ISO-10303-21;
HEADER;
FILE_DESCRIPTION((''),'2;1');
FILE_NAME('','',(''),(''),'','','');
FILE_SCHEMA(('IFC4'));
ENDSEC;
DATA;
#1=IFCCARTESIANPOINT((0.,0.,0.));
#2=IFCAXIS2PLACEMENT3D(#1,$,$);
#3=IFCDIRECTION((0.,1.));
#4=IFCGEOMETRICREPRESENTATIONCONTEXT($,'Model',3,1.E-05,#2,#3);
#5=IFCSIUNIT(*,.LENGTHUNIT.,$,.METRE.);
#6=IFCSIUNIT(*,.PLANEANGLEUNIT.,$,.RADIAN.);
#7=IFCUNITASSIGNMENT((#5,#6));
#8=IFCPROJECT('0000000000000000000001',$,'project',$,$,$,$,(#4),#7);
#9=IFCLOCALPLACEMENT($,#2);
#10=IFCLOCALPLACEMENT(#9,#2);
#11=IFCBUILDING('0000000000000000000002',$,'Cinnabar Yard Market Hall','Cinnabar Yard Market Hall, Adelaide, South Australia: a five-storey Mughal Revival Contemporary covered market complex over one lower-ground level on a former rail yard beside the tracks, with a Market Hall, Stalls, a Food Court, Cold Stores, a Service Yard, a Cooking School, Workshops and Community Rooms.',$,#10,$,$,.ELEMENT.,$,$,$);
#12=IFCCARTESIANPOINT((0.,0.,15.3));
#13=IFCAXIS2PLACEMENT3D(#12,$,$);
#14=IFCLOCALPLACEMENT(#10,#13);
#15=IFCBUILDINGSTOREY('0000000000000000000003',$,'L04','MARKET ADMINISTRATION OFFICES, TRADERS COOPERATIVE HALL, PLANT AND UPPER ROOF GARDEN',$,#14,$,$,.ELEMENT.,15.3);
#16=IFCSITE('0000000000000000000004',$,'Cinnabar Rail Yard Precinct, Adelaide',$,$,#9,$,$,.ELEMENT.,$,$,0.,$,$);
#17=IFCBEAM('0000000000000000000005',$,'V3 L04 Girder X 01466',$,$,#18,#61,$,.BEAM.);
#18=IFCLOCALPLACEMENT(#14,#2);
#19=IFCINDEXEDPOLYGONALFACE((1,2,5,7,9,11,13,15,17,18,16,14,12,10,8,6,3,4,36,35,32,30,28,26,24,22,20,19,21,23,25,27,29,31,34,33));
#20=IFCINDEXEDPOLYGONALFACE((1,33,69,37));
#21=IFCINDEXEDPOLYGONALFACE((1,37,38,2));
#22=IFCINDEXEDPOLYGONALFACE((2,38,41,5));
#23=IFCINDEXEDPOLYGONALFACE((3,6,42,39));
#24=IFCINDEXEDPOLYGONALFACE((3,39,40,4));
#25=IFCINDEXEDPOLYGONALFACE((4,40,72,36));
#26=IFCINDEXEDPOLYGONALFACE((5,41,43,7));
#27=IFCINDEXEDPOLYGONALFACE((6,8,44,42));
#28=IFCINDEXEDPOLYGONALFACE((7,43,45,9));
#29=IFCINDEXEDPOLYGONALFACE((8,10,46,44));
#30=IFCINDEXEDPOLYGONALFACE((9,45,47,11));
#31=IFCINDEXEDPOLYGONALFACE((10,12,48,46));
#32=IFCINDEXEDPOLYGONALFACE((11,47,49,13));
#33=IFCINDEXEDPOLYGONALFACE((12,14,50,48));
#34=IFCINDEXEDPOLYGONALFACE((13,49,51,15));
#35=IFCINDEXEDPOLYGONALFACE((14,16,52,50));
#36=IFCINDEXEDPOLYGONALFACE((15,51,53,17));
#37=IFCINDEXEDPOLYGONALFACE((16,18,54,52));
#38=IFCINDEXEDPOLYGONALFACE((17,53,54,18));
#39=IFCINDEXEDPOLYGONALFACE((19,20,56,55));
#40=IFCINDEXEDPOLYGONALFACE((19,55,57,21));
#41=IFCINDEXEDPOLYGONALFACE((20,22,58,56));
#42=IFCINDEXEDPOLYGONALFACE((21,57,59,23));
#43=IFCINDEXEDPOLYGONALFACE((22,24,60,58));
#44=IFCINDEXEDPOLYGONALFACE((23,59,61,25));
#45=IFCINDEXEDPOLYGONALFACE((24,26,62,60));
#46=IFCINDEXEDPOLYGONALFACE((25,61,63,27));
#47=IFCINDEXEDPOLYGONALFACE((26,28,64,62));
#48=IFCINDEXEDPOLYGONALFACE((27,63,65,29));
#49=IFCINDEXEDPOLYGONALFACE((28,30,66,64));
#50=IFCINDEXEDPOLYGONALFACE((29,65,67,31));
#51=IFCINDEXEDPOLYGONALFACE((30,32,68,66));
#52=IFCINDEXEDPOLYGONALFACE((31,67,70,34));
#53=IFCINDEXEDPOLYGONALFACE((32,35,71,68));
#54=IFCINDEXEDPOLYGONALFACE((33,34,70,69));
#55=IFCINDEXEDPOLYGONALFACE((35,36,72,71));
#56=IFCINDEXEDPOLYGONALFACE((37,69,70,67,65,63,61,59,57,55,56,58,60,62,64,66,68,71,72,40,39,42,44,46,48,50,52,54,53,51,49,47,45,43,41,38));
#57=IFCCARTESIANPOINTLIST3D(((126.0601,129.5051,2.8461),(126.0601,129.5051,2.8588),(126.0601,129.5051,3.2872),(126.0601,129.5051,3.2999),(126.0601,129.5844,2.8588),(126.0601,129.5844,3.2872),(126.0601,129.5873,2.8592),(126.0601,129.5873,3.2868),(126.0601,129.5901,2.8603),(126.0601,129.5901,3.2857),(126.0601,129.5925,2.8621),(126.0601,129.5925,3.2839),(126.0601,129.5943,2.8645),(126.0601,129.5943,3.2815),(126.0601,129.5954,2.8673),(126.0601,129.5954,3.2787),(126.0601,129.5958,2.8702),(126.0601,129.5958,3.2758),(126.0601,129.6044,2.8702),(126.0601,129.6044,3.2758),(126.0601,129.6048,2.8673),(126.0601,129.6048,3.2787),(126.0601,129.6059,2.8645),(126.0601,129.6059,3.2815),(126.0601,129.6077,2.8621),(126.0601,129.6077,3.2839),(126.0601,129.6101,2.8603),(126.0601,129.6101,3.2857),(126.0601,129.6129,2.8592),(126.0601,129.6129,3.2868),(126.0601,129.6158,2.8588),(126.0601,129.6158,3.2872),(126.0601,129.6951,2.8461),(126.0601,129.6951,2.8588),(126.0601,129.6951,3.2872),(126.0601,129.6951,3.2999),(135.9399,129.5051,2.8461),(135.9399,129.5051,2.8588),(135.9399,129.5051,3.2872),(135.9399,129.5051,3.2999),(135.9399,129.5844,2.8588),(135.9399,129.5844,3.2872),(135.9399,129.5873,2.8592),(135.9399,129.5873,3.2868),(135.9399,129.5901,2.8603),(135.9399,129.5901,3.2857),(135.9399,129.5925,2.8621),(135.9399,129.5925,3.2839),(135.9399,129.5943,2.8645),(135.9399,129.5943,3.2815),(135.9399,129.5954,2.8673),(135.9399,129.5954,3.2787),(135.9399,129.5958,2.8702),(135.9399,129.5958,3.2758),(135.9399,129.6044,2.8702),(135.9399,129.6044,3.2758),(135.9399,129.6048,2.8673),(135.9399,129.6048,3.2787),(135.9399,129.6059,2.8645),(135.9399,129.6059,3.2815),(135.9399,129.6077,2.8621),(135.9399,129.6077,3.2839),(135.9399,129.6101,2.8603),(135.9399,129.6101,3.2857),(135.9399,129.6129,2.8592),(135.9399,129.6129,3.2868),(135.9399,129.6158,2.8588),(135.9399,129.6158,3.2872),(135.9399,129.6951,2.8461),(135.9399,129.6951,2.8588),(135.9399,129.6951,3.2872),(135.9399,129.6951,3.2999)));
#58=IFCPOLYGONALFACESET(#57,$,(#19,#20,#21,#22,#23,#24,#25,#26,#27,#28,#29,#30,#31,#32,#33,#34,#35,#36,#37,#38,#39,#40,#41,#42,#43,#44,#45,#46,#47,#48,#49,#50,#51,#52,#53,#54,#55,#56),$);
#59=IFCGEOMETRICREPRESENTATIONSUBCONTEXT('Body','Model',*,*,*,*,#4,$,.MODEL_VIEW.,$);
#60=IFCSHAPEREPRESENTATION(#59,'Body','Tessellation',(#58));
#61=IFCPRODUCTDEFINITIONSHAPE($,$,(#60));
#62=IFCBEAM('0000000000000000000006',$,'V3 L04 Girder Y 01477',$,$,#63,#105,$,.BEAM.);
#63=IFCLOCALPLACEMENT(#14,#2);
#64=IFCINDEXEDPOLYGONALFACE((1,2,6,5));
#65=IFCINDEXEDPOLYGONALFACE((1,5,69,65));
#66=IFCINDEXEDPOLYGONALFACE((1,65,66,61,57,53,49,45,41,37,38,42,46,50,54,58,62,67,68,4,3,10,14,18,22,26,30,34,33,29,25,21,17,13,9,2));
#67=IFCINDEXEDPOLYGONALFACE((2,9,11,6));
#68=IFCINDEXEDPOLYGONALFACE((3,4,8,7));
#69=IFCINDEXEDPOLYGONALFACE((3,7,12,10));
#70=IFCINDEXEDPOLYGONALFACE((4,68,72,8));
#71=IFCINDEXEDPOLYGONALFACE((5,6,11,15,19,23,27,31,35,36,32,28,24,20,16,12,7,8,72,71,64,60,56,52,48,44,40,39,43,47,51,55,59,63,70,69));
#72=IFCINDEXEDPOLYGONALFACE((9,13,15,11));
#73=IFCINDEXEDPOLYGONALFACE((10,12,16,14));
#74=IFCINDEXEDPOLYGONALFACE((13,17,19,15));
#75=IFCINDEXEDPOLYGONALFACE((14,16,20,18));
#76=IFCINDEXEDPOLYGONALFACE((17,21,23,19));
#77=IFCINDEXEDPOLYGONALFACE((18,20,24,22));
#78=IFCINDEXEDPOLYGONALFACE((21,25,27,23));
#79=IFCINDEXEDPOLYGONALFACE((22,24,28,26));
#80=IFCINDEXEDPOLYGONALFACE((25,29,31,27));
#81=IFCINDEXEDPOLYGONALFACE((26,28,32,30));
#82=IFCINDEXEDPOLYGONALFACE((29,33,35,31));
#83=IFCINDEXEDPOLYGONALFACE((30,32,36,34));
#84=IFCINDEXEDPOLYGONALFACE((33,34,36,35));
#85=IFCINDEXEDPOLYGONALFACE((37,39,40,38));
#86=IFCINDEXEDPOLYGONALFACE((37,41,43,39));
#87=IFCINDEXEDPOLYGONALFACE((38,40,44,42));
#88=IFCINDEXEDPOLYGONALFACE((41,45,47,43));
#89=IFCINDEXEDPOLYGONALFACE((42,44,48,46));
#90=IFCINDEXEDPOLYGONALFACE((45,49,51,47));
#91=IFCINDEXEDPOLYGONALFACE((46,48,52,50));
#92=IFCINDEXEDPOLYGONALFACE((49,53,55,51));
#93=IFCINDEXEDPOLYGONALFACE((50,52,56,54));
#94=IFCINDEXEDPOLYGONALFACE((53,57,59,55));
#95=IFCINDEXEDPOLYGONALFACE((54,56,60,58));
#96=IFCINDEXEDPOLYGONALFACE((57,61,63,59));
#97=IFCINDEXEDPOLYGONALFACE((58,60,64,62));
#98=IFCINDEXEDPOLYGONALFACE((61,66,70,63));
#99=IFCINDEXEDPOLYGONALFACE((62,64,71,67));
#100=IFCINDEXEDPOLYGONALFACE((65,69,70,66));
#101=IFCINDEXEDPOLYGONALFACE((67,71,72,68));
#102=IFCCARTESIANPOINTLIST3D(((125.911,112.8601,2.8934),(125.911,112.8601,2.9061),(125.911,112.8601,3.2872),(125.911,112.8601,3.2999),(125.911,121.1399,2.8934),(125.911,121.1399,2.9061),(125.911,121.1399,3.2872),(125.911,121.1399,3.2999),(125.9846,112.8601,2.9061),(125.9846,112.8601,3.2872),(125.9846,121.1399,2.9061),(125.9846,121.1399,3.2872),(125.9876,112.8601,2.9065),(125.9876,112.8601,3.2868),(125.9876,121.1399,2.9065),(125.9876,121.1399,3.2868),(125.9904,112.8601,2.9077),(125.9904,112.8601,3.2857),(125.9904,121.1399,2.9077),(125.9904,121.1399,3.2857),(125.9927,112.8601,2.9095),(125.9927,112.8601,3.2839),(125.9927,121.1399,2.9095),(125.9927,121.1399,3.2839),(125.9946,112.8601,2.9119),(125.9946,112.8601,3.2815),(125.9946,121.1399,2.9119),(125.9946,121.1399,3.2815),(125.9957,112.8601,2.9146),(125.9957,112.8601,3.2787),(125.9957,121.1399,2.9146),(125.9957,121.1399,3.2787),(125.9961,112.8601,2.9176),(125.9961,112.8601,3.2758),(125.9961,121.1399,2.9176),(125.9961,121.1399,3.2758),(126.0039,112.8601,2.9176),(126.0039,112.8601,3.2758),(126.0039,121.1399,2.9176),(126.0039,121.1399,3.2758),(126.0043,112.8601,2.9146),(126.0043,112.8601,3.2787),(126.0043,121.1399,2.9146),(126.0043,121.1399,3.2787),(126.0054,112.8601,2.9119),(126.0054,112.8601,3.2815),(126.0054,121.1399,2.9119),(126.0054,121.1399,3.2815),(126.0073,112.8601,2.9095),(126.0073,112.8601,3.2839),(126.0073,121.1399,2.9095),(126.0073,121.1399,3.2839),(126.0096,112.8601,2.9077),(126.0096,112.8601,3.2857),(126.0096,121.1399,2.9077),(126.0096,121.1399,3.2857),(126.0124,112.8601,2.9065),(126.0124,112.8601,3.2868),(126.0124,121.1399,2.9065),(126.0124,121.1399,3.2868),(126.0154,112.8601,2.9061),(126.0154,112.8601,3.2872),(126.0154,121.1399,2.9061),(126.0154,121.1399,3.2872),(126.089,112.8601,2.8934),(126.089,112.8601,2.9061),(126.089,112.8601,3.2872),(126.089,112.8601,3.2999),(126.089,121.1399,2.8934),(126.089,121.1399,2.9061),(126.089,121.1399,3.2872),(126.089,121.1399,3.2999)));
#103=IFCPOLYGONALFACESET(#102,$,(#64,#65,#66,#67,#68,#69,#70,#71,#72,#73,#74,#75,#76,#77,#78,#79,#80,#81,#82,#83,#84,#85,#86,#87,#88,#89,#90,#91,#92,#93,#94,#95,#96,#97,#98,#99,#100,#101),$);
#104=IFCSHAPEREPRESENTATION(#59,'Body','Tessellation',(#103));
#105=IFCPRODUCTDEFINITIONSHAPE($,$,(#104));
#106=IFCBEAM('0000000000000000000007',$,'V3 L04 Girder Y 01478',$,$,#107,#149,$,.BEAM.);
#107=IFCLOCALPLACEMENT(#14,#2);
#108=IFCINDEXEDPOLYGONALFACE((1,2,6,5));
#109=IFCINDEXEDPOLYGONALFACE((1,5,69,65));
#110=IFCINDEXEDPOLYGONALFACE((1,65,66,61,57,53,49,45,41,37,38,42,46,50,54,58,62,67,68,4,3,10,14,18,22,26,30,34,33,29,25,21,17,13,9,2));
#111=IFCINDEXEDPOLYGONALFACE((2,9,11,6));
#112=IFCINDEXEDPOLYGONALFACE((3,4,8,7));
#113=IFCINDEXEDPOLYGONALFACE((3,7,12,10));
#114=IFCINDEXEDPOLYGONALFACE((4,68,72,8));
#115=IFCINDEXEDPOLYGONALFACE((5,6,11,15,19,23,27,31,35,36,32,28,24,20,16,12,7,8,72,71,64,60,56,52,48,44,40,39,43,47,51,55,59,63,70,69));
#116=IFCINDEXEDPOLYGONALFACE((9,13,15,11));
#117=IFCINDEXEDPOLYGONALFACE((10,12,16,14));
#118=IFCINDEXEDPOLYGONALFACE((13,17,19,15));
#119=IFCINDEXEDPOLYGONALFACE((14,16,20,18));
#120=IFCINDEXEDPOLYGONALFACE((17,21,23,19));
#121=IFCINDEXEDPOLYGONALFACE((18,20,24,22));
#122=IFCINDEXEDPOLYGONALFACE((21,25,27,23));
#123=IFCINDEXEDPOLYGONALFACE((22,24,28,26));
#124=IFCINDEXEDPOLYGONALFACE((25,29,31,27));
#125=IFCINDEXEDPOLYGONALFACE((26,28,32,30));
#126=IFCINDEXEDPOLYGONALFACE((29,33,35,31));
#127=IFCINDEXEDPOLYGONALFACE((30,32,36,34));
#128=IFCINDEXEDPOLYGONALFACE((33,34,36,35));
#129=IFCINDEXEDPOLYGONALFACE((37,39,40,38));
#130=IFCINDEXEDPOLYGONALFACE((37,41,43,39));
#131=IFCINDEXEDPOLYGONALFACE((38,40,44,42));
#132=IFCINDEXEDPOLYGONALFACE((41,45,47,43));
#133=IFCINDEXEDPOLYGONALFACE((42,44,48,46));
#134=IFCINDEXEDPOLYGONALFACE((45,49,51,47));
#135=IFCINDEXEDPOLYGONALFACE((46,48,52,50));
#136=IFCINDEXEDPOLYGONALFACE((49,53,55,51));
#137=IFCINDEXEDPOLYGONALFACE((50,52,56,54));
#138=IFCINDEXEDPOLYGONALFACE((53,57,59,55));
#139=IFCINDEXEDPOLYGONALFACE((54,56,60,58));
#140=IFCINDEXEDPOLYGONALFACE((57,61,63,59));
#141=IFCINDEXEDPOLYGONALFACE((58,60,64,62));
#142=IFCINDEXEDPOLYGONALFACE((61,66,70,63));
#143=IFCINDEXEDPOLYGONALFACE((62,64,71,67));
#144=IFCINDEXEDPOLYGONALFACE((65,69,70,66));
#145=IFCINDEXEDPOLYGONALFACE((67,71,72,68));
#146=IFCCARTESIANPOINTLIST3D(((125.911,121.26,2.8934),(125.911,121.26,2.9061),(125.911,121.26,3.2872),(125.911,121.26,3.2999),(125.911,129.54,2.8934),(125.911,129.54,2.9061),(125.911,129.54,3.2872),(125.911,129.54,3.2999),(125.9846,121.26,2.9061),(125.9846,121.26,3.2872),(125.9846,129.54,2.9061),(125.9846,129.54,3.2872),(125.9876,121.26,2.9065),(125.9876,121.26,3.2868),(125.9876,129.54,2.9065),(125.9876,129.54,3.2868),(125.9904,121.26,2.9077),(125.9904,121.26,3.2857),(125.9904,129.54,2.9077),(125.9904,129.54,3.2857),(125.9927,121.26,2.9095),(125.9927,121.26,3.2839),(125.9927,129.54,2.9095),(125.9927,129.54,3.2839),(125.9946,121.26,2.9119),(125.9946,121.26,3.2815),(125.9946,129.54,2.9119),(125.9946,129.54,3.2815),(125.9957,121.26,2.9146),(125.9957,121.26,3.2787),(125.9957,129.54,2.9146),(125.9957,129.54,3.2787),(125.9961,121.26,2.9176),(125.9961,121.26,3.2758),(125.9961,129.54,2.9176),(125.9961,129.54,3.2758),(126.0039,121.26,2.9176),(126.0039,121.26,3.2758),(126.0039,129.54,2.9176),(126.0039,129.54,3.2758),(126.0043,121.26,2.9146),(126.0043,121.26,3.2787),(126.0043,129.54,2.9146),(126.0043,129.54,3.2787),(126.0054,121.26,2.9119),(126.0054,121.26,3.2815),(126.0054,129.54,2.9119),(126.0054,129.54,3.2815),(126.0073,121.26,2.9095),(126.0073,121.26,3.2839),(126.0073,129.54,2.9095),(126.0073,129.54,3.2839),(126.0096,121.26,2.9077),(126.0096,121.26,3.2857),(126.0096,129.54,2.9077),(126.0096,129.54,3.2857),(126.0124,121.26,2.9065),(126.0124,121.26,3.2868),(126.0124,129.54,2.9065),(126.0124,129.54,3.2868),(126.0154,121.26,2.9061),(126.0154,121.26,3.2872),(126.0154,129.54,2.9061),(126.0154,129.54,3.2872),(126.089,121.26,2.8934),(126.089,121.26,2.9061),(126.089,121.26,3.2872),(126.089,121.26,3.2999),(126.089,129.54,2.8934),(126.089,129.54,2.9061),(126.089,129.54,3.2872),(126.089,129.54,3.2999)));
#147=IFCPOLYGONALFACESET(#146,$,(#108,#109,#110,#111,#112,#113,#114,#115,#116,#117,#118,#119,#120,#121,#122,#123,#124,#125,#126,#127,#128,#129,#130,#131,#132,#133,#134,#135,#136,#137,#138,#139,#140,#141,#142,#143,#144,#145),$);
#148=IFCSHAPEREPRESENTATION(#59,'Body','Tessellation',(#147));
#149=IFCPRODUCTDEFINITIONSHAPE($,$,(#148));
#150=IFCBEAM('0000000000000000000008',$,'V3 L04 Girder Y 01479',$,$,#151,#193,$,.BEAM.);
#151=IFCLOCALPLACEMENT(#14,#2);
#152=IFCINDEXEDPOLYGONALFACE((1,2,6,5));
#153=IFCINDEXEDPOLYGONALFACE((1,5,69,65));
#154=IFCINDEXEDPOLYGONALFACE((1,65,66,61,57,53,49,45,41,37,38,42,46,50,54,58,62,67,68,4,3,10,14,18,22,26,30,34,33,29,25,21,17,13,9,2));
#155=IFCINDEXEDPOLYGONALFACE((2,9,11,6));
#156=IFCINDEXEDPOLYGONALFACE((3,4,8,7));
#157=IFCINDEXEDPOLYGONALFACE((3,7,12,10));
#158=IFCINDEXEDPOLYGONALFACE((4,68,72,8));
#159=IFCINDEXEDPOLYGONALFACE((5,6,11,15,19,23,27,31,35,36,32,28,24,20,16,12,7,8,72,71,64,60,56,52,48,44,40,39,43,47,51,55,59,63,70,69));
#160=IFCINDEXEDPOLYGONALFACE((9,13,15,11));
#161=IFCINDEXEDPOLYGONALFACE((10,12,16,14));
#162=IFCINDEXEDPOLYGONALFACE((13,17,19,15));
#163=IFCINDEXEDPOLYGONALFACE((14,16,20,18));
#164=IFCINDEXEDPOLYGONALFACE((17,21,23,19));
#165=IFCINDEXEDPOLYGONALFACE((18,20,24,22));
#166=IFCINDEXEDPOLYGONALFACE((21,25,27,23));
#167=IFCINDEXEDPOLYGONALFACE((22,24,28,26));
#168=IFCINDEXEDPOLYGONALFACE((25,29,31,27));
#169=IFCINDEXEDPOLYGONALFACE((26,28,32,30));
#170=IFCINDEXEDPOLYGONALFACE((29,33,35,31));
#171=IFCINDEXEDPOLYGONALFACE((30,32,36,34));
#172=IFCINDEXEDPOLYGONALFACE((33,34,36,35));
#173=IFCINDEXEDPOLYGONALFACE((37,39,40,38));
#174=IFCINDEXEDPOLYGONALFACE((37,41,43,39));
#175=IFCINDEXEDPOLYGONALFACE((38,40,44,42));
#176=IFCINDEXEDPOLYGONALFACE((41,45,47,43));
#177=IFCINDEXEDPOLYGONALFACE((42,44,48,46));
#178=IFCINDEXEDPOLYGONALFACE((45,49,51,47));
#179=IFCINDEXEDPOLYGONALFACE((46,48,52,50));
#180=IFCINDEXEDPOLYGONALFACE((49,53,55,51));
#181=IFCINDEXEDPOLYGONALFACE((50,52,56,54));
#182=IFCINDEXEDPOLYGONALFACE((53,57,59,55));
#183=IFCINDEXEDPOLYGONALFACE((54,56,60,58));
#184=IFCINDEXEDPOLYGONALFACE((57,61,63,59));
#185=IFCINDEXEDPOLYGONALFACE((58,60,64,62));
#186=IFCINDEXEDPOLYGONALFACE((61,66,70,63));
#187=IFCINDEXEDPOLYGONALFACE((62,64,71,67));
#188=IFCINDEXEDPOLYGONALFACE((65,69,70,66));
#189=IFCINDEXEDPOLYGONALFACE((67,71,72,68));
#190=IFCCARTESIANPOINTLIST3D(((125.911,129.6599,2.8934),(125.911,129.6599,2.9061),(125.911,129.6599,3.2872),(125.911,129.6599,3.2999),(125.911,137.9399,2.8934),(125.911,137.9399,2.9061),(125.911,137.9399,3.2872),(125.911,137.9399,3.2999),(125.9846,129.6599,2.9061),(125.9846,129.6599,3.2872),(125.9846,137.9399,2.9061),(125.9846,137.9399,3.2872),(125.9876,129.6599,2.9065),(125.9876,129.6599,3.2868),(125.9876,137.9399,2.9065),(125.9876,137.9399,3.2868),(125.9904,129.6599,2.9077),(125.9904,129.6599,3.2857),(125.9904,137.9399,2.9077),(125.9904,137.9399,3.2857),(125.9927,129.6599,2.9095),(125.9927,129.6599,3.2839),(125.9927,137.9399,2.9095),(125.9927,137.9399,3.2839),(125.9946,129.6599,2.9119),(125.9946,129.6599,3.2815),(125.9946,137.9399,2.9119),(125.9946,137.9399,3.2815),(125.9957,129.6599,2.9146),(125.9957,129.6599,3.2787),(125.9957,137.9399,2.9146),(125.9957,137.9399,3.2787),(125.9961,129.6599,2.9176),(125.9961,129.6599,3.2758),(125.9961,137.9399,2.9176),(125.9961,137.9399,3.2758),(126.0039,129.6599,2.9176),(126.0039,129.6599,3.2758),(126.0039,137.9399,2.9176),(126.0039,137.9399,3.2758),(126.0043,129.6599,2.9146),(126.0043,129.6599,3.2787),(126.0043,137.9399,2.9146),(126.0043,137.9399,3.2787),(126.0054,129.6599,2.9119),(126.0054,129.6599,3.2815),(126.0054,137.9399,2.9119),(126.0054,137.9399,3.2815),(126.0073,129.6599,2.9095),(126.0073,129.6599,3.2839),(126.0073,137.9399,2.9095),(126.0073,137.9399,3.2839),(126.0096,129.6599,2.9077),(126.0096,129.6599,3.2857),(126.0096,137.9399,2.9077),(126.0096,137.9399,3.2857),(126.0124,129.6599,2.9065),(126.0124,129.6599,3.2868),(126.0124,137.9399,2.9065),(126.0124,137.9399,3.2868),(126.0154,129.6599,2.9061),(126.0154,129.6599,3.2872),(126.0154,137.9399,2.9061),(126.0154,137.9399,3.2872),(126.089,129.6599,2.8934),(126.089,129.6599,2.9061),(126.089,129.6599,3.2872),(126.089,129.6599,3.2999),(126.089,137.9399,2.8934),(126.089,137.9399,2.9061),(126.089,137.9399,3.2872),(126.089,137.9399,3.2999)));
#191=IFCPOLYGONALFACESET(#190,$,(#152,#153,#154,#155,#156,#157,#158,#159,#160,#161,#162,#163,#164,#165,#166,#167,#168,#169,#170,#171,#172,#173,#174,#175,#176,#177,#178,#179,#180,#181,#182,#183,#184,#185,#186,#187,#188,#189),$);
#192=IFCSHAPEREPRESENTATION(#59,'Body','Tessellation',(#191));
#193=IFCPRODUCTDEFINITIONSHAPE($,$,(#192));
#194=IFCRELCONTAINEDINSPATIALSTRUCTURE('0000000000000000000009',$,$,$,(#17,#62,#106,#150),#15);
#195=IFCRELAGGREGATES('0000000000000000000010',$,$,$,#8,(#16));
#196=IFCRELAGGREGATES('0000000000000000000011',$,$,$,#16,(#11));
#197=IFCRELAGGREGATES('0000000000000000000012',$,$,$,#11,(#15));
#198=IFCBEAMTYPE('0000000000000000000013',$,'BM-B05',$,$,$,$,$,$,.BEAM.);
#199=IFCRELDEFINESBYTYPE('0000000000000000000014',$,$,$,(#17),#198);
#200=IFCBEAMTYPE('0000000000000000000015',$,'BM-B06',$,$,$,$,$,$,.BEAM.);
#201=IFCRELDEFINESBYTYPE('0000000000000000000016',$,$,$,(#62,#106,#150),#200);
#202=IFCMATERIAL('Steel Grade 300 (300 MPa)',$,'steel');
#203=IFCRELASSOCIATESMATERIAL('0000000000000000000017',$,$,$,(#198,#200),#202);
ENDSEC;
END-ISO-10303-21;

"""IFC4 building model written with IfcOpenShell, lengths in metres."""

from ifc_helpers import new_model, si_unit, direction, frame, origin, origin_2d_with_axis, place, context, subcontext, project, spatial, i_section, extrude, material, material_profile, profile_set, type_object, element, save


model = new_model("IFC4")

# Units and contexts
model_context = context("Model", 3, precision=1e-05, world=origin(), true_north=direction((0.0, 1.0)))
body_context = subcontext(model_context, "Body", "Model", "MODEL_VIEW")
ifc_project = project(units=[si_unit("LENGTHUNIT", "METRE"), si_unit("PLANEANGLEUNIT", "RADIAN")], contexts=[model_context])

# Site, building, storey
site_placement = place(None, origin())
site = spatial("IfcSite", under=ifc_project, at=site_placement, Name="Cinnabar Rail Yard Precinct, Adelaide", CompositionType="ELEMENT", RefElevation=0.0)
building_placement = place(site_placement, origin())
building = spatial("IfcBuilding", under=site, at=building_placement, Name="Cinnabar Yard Market Hall", Description="Cinnabar Yard Market Hall, Adelaide, South Australia: a five-storey Mughal Revival Contemporary covered market complex over one lower-ground level on a former rail yard beside the tracks, with a Market Hall, Stalls, a Food Court, Cold Stores, a Service Yard, a Cooking School, Workshops and Community Rooms.", CompositionType="ELEMENT")
storey_placement = place(building_placement, frame((0.0, 0.0, 15.3)))
storey = spatial("IfcBuildingStorey", under=building, at=storey_placement, Name="L04", Description="MARKET ADMINISTRATION OFFICES, TRADERS COOPERATIVE HALL, PLANT AND UPPER ROOF GARDEN", CompositionType="ELEMENT", Elevation=15.3)

# Beams
ifc_material_1 = material(Name="Steel Grade 300 (300 MPa)", Category="steel")
ifc_material_profile_1 = material_profile(ifc_material_1, i_section(OverallWidth=0.1899, OverallDepth=0.4539, WebThickness=0.0085, FlangeThickness=0.0127, FilletRadius=0.0115, at=origin_2d_with_axis()), Name="460UB67.1")
ifc_profile_set_1 = profile_set([ifc_material_profile_1], Name="Steel Grade 300 (300 MPa)")
beam_type_1 = type_object("IfcBeamType", Name="BM-B05", PredefinedType="BEAM", material=ifc_profile_set_1)
for number, where, z_axis, x_axis, name in (
    (1, (126.0601, 129.6001, 3.073), (1.0, 0.0, 0.0), (0.0, 1.0, 0.0), "V3 L04 Girder X 01466"),
):
    element("IfcBeam", number, at=place(storey_placement, frame(where, z_axis=z_axis, x_axis=x_axis)), inside=storey, type_object=beam_type_1, Name=name, PredefinedType="BEAM", context=body_context, shape_type="SweptSolid", body=[
        extrude(i_section(OverallWidth=0.1899, OverallDepth=0.4539, WebThickness=0.0085, FlangeThickness=0.0127, FilletRadius=0.0115, at=origin_2d_with_axis()), origin(), (0.0, 0.0, 1.0), 9.8799),
    ])
ifc_material_profile_2 = material_profile(ifc_material_1, i_section(OverallWidth=0.178, OverallDepth=0.4065, WebThickness=0.0078, FlangeThickness=0.0127, FilletRadius=0.0115, at=origin_2d_with_axis()), Name="410UB59.7")
ifc_profile_set_2 = profile_set([ifc_material_profile_2], Name="Steel Grade 300 (300 MPa)")
beam_type_2 = type_object("IfcBeamType", Name="BM-B06", PredefinedType="BEAM", material=ifc_profile_set_2)
beam_placement = place(storey_placement, frame((126.0, 112.8601, 3.0967), z_axis=(0.0, 1.0, 0.0), x_axis=(-1.0, 0.0, 0.0)))
element("IfcBeam", 2, at=beam_placement, inside=storey, type_object=beam_type_2, Name="V3 L04 Girder Y 01477", PredefinedType="BEAM", context=body_context, shape_type="SweptSolid", body=[
    extrude(i_section(OverallWidth=0.178, OverallDepth=0.4065, WebThickness=0.0078, FlangeThickness=0.0127, FilletRadius=0.0115, at=origin_2d_with_axis()), origin(), (0.0, 0.0, 1.0), 8.2798),
])
for number, where, z_axis, x_axis, name in (
    (3, (126.0, 121.26, 3.0967), (0.0, 1.0, 0.0), (-1.0, 0.0, 0.0), "V3 L04 Girder Y 01478"),
    (4, (126.0, 129.6599, 3.0967), (0.0, 1.0, 0.0), (-1.0, 0.0, 0.0), "V3 L04 Girder Y 01479"),
):
    element("IfcBeam", number, at=place(storey_placement, frame(where, z_axis=z_axis, x_axis=x_axis)), inside=storey, type_object=beam_type_2, Name=name, PredefinedType="BEAM", context=body_context, shape_type="SweptSolid", body=[
        extrude(i_section(OverallWidth=0.178, OverallDepth=0.4065, WebThickness=0.0078, FlangeThickness=0.0127, FilletRadius=0.0115, at=origin_2d_with_axis()), origin(), (0.0, 0.0, 1.0), 8.28),
    ])

save(model, "model.ifc")
